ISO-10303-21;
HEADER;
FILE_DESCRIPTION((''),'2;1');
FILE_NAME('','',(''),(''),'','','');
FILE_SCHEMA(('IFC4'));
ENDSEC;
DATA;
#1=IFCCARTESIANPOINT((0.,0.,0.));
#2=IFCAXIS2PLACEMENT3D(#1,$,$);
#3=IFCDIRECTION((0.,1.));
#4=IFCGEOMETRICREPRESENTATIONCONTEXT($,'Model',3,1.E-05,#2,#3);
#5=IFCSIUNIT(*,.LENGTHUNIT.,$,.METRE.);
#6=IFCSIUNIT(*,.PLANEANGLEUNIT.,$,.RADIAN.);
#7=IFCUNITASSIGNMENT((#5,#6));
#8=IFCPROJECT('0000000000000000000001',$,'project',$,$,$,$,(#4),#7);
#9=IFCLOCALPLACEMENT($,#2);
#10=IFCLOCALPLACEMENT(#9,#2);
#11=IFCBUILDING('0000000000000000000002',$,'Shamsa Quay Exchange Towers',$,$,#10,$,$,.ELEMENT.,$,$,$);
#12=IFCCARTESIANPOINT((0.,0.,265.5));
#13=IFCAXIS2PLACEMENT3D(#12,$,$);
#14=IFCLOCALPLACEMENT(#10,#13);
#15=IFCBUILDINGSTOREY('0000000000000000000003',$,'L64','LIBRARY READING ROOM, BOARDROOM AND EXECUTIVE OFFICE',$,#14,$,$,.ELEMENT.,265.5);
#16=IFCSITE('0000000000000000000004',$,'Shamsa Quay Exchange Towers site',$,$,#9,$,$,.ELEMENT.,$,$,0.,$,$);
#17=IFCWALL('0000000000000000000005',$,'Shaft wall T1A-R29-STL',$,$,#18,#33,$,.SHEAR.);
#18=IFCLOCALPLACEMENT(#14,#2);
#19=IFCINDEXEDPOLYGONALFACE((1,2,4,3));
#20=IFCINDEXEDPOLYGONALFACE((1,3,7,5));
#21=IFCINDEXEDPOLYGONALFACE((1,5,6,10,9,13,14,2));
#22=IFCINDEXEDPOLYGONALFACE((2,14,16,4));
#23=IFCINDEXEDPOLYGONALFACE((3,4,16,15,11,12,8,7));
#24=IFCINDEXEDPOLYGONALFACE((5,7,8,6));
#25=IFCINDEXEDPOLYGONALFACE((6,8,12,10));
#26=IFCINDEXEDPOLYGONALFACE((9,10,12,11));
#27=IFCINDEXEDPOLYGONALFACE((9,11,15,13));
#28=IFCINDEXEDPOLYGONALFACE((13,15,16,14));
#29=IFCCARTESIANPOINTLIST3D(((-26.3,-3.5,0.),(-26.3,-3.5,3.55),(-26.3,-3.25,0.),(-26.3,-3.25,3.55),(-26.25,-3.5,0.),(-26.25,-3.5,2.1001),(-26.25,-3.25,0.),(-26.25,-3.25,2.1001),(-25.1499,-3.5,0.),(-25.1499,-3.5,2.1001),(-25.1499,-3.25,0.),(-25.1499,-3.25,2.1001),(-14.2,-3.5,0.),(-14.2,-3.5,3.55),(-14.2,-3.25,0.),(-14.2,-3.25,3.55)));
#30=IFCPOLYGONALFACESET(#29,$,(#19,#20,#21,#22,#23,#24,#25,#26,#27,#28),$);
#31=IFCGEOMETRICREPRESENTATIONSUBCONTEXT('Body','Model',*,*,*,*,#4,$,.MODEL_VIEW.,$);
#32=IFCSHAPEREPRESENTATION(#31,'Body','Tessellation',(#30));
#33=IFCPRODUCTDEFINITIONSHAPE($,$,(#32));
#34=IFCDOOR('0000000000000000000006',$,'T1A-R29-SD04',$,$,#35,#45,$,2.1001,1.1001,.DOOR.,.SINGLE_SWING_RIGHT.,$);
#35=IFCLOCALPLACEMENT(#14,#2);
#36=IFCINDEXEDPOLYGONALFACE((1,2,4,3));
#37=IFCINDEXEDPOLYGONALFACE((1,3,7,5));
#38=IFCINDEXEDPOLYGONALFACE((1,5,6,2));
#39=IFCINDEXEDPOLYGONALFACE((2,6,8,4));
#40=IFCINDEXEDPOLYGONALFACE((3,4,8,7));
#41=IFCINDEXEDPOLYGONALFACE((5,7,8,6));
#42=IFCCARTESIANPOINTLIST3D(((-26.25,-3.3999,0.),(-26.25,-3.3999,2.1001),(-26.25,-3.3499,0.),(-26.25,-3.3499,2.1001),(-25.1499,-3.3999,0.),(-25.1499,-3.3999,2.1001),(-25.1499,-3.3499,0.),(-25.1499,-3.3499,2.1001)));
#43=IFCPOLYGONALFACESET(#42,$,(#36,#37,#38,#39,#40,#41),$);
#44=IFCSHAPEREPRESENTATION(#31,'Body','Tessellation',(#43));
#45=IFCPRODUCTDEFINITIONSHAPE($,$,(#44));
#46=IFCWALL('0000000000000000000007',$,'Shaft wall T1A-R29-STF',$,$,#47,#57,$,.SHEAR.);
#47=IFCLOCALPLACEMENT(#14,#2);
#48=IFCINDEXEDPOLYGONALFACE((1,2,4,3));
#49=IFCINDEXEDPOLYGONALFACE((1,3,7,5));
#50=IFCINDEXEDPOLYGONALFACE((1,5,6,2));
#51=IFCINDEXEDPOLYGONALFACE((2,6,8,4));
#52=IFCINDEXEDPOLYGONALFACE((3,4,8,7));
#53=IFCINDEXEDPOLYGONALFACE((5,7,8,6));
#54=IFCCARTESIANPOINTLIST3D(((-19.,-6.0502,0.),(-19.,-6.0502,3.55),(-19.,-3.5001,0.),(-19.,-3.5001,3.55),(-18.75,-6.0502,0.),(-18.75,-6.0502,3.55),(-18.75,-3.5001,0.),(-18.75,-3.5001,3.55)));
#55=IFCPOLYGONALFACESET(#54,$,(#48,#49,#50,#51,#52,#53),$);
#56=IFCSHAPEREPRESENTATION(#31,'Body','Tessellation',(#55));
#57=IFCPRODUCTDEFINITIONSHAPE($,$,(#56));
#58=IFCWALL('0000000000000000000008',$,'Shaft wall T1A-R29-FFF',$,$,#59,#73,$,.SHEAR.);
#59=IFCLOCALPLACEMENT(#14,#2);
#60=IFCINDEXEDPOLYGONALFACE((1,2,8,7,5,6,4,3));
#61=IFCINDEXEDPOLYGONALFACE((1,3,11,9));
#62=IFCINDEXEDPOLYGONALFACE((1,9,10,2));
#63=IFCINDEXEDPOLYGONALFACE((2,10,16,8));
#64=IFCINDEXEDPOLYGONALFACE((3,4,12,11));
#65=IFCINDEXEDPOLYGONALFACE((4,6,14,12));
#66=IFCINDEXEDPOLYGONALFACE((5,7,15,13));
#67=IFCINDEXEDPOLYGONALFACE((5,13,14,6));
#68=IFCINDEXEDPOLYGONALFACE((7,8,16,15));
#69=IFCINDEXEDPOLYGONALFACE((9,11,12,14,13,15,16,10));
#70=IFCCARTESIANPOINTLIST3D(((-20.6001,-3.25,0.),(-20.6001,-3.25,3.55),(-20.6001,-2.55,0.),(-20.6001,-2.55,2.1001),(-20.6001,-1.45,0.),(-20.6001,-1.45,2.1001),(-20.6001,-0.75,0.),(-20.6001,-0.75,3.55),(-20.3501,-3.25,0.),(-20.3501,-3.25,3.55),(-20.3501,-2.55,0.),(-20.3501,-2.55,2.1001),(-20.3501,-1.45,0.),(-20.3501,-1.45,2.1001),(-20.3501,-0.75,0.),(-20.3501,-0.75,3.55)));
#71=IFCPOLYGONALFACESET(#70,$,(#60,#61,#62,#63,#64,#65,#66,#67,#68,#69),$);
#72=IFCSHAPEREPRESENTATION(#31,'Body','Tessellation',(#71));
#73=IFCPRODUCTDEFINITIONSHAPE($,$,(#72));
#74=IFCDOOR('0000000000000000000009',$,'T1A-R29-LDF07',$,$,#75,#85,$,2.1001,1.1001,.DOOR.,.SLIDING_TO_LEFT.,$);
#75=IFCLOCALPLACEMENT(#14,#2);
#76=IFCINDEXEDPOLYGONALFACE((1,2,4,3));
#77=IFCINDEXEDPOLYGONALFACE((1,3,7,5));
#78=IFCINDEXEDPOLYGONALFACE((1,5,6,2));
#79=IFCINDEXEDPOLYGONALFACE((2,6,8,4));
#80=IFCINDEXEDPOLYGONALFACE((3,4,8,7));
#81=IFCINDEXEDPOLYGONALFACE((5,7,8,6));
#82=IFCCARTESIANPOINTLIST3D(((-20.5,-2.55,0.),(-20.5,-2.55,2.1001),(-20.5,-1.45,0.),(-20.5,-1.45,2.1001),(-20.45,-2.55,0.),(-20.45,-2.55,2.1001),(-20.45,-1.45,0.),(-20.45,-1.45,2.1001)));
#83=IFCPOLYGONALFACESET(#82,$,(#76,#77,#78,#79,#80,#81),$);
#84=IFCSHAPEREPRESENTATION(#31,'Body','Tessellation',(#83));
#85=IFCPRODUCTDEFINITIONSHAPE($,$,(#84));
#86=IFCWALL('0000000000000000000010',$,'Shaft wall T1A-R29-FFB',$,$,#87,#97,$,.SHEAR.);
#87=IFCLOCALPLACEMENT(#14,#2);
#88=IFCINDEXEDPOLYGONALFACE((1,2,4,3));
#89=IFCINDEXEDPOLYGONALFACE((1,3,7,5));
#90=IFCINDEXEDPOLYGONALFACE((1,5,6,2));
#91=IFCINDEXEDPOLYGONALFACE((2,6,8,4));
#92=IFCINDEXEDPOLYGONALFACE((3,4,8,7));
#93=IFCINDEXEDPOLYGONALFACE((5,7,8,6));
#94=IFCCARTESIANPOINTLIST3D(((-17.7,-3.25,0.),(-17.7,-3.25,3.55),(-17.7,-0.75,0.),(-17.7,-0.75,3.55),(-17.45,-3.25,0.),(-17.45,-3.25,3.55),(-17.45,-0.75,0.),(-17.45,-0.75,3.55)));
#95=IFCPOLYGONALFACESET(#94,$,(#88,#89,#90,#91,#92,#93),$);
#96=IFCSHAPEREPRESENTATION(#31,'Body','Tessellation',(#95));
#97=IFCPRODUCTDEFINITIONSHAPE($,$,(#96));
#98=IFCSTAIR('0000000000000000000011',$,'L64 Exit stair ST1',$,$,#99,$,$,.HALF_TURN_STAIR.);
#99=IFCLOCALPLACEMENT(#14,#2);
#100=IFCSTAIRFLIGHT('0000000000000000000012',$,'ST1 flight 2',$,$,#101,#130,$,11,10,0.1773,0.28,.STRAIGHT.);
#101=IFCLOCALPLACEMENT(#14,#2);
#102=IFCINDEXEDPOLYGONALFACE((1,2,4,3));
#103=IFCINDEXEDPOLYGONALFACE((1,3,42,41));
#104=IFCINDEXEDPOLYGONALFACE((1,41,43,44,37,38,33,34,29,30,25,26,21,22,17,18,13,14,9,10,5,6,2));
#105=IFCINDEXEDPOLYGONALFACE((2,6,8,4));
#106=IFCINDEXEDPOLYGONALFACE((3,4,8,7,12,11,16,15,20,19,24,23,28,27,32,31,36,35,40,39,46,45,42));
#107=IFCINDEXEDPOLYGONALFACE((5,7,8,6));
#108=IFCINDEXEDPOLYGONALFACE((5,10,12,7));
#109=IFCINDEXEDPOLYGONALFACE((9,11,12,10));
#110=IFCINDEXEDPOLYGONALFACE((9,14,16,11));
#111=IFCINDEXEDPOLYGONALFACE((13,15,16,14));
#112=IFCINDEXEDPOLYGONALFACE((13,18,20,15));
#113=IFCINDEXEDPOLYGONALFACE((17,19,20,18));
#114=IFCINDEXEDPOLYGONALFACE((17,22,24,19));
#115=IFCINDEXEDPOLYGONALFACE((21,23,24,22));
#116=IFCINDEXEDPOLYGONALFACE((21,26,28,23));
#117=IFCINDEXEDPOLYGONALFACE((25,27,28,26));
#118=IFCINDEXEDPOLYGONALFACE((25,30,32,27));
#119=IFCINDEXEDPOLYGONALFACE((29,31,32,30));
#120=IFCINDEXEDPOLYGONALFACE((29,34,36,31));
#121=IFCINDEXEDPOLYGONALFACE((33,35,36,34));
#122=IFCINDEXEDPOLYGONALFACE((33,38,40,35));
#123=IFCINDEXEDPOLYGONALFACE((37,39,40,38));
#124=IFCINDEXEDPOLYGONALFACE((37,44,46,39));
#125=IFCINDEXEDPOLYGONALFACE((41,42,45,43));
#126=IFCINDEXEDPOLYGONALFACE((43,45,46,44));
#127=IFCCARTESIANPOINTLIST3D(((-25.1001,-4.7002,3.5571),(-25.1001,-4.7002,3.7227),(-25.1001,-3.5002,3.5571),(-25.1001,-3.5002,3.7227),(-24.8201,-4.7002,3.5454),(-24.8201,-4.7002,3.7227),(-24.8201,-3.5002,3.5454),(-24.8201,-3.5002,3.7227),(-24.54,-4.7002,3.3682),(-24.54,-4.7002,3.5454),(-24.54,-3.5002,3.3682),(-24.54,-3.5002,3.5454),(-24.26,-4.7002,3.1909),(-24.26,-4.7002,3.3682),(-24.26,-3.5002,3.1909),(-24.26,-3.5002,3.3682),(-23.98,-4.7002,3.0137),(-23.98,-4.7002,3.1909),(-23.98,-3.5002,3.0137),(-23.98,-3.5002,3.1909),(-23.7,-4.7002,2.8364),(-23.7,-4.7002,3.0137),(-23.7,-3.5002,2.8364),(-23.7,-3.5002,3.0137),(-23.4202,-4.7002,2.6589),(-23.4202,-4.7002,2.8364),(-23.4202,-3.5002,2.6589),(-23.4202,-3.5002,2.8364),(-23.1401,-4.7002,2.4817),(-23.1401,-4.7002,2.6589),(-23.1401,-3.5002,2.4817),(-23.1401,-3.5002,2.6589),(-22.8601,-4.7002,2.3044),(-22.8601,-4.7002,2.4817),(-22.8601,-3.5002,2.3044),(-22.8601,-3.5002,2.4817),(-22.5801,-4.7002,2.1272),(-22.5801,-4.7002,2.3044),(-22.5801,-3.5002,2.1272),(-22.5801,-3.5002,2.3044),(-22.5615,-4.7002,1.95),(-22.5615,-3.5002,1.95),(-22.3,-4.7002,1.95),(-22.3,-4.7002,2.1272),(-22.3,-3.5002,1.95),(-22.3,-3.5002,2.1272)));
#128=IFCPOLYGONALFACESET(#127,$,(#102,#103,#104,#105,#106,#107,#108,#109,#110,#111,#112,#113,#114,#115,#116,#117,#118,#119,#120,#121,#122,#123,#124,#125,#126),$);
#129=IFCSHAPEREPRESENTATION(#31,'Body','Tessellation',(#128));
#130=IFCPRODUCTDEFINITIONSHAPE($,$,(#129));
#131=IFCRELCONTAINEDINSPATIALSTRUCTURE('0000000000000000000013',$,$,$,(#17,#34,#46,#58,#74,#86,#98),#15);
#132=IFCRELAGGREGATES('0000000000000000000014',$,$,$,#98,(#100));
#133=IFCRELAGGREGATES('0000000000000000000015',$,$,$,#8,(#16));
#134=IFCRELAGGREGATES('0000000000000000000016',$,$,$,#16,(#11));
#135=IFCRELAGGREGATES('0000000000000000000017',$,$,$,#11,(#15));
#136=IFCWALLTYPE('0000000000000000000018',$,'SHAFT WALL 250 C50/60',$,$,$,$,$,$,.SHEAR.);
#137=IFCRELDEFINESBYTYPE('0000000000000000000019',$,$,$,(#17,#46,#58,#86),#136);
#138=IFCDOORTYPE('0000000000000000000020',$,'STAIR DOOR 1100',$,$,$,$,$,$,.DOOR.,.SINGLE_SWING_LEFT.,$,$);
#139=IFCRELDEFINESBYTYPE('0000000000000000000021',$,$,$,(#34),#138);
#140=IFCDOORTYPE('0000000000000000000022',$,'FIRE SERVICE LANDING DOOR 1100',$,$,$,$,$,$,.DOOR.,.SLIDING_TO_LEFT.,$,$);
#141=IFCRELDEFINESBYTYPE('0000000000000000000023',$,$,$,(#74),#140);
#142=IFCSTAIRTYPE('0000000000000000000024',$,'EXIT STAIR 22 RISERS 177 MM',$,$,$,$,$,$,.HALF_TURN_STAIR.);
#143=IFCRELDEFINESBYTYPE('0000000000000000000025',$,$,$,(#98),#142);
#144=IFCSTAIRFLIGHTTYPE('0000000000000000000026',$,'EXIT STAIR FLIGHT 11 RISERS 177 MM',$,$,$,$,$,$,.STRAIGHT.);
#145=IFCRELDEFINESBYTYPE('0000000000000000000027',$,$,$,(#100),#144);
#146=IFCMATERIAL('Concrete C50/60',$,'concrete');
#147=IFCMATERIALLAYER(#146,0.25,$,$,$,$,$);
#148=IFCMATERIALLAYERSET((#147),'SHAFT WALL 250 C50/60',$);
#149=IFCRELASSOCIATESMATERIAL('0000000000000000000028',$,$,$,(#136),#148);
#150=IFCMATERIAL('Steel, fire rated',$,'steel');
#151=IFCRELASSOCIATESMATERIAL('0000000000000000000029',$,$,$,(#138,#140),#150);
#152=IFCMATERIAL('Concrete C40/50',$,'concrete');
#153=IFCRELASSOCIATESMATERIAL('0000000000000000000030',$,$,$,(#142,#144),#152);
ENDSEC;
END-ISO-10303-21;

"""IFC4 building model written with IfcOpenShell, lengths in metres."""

from ifc_helpers import new_model, si_unit, direction, frame, frame_2d, origin, place, context, subcontext, project, spatial, polyline, rectangle, outline, extrude, material, layer, layer_set, type_object, element, fill, aggregate, save


model = new_model("IFC4")

# Units and contexts
model_context = context("Model", 3, precision=1e-05, world=origin(), true_north=direction((0.0, 1.0)))
body_context = subcontext(model_context, "Body", "Model", "MODEL_VIEW")
ifc_project = project(units=[si_unit("LENGTHUNIT", "METRE"), si_unit("PLANEANGLEUNIT", "RADIAN")], contexts=[model_context])

# Site, building, storey
site_placement = place(None, origin())
site = spatial("IfcSite", under=ifc_project, at=site_placement, Name="Shamsa Quay Exchange Towers site", CompositionType="ELEMENT", RefElevation=0.0)
building_placement = place(site_placement, origin())
building = spatial("IfcBuilding", under=site, at=building_placement, Name="Shamsa Quay Exchange Towers", CompositionType="ELEMENT")
storey_placement = place(building_placement, frame((0.0, 0.0, 265.5)))
storey = spatial("IfcBuildingStorey", under=building, at=storey_placement, Name="L64", Description="LIBRARY READING ROOM, BOARDROOM AND EXECUTIVE OFFICE", CompositionType="ELEMENT", Elevation=265.5)

# Wall, opening, door
ifc_material_1 = material(Name="Concrete C50/60", Category="concrete")
ifc_layer_1 = layer(ifc_material_1, 0.25)
ifc_layer_set_1 = layer_set([ifc_layer_1], Name="SHAFT WALL 250 C50/60")
wall_type_1 = type_object("IfcWallType", Name="SHAFT WALL 250 C50/60", PredefinedType="SHEAR", material=ifc_layer_set_1)
wall_1_placement = place(storey_placement, frame((-14.2, -3.375, 0.0), z_axis=(0.0, 0.0, 1.0), x_axis=(-1.0, 0.0, 0.0)))
wall_1 = element("IfcWall", 1, at=wall_1_placement, inside=storey, type_object=wall_type_1, Name="Shaft wall T1A-R29-STL", PredefinedType="SHEAR", context=body_context, shape_type="SweptSolid", body=[
    extrude(rectangle(XDim=12.1001, YDim=0.25, at=frame_2d((6.05, 0.0))), origin(), (0.0, 0.0, 1.0), 3.55),
])
opening_1_placement = place(wall_1_placement, frame((10.95, 0.0, 0.0)))
opening_1 = element("IfcOpeningElement", 2, at=opening_1_placement, cuts=wall_1, PredefinedType="OPENING", context=body_context, shape_type="SweptSolid", body=[
    extrude(rectangle(XDim=1.1001, YDim=2.1001, at=frame_2d((0.55, 1.05))), frame((0.0, 0.135, 0.0), z_axis=(0.0, -1.0, 0.0), x_axis=(1.0, 0.0, 0.0)), (0.0, 0.0, 1.0), 0.27),
])
ifc_material_2 = material(Name="Steel, fire rated", Category="steel")
door_type_1 = type_object("IfcDoorType", Name="STAIR DOOR 1100", OperationType="SINGLE_SWING_LEFT", PredefinedType="DOOR", material=ifc_material_2)
door_1_placement = place(opening_1_placement, origin())
door_1 = element("IfcDoor", 3, at=door_1_placement, inside=storey, type_object=door_type_1, Name="T1A-R29-SD04", OperationType="SINGLE_SWING_RIGHT", OverallHeight=2.1001, OverallWidth=1.1001, PredefinedType="DOOR", context=body_context, shape_type="SweptSolid", body=[
    extrude(rectangle(XDim=1.1001, YDim=2.1001, at=frame_2d((0.55, 1.05))), frame((0.0, 0.0249, 0.0), z_axis=(0.0, -1.0, 0.0), x_axis=(1.0, 0.0, 0.0)), (0.0, 0.0, 1.0), 0.05),
])
fill(opening_1, door_1)

# Wall
wall_2_placement = place(storey_placement, frame((-18.875, -6.05, 0.0), z_axis=(0.0, 0.0, 1.0), x_axis=(0.0, 1.0, 0.0)))
element("IfcWall", 4, at=wall_2_placement, inside=storey, type_object=wall_type_1, Name="Shaft wall T1A-R29-STF", PredefinedType="SHEAR", context=body_context, shape_type="SweptSolid", body=[
    extrude(rectangle(XDim=2.55, YDim=0.25, at=frame_2d((1.2749, 0.0))), origin(), (0.0, 0.0, 1.0), 3.55),
])

# Wall, opening, door
wall_3_placement = place(storey_placement, frame((-20.4751, -3.25, 0.0), z_axis=(0.0, 0.0, 1.0), x_axis=(0.0, 1.0, 0.0)))
wall_3 = element("IfcWall", 5, at=wall_3_placement, inside=storey, type_object=wall_type_1, Name="Shaft wall T1A-R29-FFF", PredefinedType="SHEAR", context=body_context, shape_type="SweptSolid", body=[
    extrude(rectangle(XDim=2.5, YDim=0.25, at=frame_2d((1.25, 0.0))), origin(), (0.0, 0.0, 1.0), 3.55),
])
opening_2_placement = place(wall_3_placement, frame((0.7, 0.0, 0.0)))
opening_2 = element("IfcOpeningElement", 6, at=opening_2_placement, cuts=wall_3, PredefinedType="OPENING", context=body_context, shape_type="SweptSolid", body=[
    extrude(rectangle(XDim=1.1001, YDim=2.1001, at=frame_2d((0.55, 1.05))), frame((0.0, 0.135, 0.0), z_axis=(0.0, -1.0, 0.0), x_axis=(1.0, 0.0, 0.0)), (0.0, 0.0, 1.0), 0.27),
])
door_type_2 = type_object("IfcDoorType", Name="FIRE SERVICE LANDING DOOR 1100", OperationType="SLIDING_TO_LEFT", PredefinedType="DOOR", material=ifc_material_2)
door_2_placement = place(opening_2_placement, origin())
door_2 = element("IfcDoor", 7, at=door_2_placement, inside=storey, type_object=door_type_2, Name="T1A-R29-LDF07", OperationType="SLIDING_TO_LEFT", OverallHeight=2.1001, OverallWidth=1.1001, PredefinedType="DOOR", context=body_context, shape_type="SweptSolid", body=[
    extrude(rectangle(XDim=1.1001, YDim=2.1001, at=frame_2d((0.55, 1.05))), frame((0.0, 0.0249, 0.0), z_axis=(0.0, -1.0, 0.0), x_axis=(1.0, 0.0, 0.0)), (0.0, 0.0, 1.0), 0.05),
])
fill(opening_2, door_2)

# Wall
wall_4_placement = place(storey_placement, frame((-17.575, -3.25, 0.0), z_axis=(0.0, 0.0, 1.0), x_axis=(0.0, 1.0, 0.0)))
element("IfcWall", 8, at=wall_4_placement, inside=storey, type_object=wall_type_1, Name="Shaft wall T1A-R29-FFB", PredefinedType="SHEAR", context=body_context, shape_type="SweptSolid", body=[
    extrude(rectangle(XDim=2.5, YDim=0.25, at=frame_2d((1.25, 0.0))), origin(), (0.0, 0.0, 1.0), 3.55),
])

# Stair, stair flight
ifc_material_3 = material(Name="Concrete C40/50", Category="concrete")
stair_type = type_object("IfcStairType", Name="EXIT STAIR 22 RISERS 177 MM", PredefinedType="HALF_TURN_STAIR", material=ifc_material_3)
stair_placement = place(storey_placement, origin())
stair = element("IfcStair", 9, at=stair_placement, inside=storey, type_object=stair_type, Name="L64 Exit stair ST1", PredefinedType="HALF_TURN_STAIR")
stair_flight_type = type_object("IfcStairFlightType", Name="EXIT STAIR FLIGHT 11 RISERS 177 MM", PredefinedType="STRAIGHT", material=ifc_material_3)
stair_flight_placement = place(storey_placement, frame((-22.3, -4.1001, 1.95), z_axis=(0.0, 0.0, 1.0), x_axis=(-1.0, 0.0, 0.0)))
stair_flight = element("IfcStairFlight", 10, at=stair_flight_placement, type_object=stair_flight_type, Name="ST1 flight 2", NumberOfRisers=11, NumberOfTreads=10, PredefinedType="STRAIGHT", RiserHeight=0.1773, TreadLength=0.28, context=body_context, shape_type="SweptSolid", body=[
    extrude(outline(polyline([(0.0, 0.0), (0.0, 0.1772), (0.28, 0.1772), (0.28, 0.3545), (0.5601, 0.3545), (0.5601, 0.5317), (0.8401, 0.5317), (0.8401, 0.709), (1.1201, 0.709), (1.1201, 0.8865), (1.3999, 0.8865), (1.3999, 1.0637), (1.6799, 1.0637), (1.6799, 1.241), (1.96, 1.241), (1.96, 1.4182), (2.24, 1.4182), (2.24, 1.5955), (2.52, 1.5955), (2.52, 1.7727), (2.8, 1.7727), (2.8, 1.95), (2.8, 1.6072), (0.2615, 0.0), (0.0, 0.0)])), frame((0.0, 0.6001, 0.0), z_axis=(0.0, -1.0, 0.0), x_axis=(1.0, 0.0, 0.0)), (0.0, 0.0, 1.0), 1.2),
])
aggregate(stair, [stair_flight])

save(model, "model.ifc")
